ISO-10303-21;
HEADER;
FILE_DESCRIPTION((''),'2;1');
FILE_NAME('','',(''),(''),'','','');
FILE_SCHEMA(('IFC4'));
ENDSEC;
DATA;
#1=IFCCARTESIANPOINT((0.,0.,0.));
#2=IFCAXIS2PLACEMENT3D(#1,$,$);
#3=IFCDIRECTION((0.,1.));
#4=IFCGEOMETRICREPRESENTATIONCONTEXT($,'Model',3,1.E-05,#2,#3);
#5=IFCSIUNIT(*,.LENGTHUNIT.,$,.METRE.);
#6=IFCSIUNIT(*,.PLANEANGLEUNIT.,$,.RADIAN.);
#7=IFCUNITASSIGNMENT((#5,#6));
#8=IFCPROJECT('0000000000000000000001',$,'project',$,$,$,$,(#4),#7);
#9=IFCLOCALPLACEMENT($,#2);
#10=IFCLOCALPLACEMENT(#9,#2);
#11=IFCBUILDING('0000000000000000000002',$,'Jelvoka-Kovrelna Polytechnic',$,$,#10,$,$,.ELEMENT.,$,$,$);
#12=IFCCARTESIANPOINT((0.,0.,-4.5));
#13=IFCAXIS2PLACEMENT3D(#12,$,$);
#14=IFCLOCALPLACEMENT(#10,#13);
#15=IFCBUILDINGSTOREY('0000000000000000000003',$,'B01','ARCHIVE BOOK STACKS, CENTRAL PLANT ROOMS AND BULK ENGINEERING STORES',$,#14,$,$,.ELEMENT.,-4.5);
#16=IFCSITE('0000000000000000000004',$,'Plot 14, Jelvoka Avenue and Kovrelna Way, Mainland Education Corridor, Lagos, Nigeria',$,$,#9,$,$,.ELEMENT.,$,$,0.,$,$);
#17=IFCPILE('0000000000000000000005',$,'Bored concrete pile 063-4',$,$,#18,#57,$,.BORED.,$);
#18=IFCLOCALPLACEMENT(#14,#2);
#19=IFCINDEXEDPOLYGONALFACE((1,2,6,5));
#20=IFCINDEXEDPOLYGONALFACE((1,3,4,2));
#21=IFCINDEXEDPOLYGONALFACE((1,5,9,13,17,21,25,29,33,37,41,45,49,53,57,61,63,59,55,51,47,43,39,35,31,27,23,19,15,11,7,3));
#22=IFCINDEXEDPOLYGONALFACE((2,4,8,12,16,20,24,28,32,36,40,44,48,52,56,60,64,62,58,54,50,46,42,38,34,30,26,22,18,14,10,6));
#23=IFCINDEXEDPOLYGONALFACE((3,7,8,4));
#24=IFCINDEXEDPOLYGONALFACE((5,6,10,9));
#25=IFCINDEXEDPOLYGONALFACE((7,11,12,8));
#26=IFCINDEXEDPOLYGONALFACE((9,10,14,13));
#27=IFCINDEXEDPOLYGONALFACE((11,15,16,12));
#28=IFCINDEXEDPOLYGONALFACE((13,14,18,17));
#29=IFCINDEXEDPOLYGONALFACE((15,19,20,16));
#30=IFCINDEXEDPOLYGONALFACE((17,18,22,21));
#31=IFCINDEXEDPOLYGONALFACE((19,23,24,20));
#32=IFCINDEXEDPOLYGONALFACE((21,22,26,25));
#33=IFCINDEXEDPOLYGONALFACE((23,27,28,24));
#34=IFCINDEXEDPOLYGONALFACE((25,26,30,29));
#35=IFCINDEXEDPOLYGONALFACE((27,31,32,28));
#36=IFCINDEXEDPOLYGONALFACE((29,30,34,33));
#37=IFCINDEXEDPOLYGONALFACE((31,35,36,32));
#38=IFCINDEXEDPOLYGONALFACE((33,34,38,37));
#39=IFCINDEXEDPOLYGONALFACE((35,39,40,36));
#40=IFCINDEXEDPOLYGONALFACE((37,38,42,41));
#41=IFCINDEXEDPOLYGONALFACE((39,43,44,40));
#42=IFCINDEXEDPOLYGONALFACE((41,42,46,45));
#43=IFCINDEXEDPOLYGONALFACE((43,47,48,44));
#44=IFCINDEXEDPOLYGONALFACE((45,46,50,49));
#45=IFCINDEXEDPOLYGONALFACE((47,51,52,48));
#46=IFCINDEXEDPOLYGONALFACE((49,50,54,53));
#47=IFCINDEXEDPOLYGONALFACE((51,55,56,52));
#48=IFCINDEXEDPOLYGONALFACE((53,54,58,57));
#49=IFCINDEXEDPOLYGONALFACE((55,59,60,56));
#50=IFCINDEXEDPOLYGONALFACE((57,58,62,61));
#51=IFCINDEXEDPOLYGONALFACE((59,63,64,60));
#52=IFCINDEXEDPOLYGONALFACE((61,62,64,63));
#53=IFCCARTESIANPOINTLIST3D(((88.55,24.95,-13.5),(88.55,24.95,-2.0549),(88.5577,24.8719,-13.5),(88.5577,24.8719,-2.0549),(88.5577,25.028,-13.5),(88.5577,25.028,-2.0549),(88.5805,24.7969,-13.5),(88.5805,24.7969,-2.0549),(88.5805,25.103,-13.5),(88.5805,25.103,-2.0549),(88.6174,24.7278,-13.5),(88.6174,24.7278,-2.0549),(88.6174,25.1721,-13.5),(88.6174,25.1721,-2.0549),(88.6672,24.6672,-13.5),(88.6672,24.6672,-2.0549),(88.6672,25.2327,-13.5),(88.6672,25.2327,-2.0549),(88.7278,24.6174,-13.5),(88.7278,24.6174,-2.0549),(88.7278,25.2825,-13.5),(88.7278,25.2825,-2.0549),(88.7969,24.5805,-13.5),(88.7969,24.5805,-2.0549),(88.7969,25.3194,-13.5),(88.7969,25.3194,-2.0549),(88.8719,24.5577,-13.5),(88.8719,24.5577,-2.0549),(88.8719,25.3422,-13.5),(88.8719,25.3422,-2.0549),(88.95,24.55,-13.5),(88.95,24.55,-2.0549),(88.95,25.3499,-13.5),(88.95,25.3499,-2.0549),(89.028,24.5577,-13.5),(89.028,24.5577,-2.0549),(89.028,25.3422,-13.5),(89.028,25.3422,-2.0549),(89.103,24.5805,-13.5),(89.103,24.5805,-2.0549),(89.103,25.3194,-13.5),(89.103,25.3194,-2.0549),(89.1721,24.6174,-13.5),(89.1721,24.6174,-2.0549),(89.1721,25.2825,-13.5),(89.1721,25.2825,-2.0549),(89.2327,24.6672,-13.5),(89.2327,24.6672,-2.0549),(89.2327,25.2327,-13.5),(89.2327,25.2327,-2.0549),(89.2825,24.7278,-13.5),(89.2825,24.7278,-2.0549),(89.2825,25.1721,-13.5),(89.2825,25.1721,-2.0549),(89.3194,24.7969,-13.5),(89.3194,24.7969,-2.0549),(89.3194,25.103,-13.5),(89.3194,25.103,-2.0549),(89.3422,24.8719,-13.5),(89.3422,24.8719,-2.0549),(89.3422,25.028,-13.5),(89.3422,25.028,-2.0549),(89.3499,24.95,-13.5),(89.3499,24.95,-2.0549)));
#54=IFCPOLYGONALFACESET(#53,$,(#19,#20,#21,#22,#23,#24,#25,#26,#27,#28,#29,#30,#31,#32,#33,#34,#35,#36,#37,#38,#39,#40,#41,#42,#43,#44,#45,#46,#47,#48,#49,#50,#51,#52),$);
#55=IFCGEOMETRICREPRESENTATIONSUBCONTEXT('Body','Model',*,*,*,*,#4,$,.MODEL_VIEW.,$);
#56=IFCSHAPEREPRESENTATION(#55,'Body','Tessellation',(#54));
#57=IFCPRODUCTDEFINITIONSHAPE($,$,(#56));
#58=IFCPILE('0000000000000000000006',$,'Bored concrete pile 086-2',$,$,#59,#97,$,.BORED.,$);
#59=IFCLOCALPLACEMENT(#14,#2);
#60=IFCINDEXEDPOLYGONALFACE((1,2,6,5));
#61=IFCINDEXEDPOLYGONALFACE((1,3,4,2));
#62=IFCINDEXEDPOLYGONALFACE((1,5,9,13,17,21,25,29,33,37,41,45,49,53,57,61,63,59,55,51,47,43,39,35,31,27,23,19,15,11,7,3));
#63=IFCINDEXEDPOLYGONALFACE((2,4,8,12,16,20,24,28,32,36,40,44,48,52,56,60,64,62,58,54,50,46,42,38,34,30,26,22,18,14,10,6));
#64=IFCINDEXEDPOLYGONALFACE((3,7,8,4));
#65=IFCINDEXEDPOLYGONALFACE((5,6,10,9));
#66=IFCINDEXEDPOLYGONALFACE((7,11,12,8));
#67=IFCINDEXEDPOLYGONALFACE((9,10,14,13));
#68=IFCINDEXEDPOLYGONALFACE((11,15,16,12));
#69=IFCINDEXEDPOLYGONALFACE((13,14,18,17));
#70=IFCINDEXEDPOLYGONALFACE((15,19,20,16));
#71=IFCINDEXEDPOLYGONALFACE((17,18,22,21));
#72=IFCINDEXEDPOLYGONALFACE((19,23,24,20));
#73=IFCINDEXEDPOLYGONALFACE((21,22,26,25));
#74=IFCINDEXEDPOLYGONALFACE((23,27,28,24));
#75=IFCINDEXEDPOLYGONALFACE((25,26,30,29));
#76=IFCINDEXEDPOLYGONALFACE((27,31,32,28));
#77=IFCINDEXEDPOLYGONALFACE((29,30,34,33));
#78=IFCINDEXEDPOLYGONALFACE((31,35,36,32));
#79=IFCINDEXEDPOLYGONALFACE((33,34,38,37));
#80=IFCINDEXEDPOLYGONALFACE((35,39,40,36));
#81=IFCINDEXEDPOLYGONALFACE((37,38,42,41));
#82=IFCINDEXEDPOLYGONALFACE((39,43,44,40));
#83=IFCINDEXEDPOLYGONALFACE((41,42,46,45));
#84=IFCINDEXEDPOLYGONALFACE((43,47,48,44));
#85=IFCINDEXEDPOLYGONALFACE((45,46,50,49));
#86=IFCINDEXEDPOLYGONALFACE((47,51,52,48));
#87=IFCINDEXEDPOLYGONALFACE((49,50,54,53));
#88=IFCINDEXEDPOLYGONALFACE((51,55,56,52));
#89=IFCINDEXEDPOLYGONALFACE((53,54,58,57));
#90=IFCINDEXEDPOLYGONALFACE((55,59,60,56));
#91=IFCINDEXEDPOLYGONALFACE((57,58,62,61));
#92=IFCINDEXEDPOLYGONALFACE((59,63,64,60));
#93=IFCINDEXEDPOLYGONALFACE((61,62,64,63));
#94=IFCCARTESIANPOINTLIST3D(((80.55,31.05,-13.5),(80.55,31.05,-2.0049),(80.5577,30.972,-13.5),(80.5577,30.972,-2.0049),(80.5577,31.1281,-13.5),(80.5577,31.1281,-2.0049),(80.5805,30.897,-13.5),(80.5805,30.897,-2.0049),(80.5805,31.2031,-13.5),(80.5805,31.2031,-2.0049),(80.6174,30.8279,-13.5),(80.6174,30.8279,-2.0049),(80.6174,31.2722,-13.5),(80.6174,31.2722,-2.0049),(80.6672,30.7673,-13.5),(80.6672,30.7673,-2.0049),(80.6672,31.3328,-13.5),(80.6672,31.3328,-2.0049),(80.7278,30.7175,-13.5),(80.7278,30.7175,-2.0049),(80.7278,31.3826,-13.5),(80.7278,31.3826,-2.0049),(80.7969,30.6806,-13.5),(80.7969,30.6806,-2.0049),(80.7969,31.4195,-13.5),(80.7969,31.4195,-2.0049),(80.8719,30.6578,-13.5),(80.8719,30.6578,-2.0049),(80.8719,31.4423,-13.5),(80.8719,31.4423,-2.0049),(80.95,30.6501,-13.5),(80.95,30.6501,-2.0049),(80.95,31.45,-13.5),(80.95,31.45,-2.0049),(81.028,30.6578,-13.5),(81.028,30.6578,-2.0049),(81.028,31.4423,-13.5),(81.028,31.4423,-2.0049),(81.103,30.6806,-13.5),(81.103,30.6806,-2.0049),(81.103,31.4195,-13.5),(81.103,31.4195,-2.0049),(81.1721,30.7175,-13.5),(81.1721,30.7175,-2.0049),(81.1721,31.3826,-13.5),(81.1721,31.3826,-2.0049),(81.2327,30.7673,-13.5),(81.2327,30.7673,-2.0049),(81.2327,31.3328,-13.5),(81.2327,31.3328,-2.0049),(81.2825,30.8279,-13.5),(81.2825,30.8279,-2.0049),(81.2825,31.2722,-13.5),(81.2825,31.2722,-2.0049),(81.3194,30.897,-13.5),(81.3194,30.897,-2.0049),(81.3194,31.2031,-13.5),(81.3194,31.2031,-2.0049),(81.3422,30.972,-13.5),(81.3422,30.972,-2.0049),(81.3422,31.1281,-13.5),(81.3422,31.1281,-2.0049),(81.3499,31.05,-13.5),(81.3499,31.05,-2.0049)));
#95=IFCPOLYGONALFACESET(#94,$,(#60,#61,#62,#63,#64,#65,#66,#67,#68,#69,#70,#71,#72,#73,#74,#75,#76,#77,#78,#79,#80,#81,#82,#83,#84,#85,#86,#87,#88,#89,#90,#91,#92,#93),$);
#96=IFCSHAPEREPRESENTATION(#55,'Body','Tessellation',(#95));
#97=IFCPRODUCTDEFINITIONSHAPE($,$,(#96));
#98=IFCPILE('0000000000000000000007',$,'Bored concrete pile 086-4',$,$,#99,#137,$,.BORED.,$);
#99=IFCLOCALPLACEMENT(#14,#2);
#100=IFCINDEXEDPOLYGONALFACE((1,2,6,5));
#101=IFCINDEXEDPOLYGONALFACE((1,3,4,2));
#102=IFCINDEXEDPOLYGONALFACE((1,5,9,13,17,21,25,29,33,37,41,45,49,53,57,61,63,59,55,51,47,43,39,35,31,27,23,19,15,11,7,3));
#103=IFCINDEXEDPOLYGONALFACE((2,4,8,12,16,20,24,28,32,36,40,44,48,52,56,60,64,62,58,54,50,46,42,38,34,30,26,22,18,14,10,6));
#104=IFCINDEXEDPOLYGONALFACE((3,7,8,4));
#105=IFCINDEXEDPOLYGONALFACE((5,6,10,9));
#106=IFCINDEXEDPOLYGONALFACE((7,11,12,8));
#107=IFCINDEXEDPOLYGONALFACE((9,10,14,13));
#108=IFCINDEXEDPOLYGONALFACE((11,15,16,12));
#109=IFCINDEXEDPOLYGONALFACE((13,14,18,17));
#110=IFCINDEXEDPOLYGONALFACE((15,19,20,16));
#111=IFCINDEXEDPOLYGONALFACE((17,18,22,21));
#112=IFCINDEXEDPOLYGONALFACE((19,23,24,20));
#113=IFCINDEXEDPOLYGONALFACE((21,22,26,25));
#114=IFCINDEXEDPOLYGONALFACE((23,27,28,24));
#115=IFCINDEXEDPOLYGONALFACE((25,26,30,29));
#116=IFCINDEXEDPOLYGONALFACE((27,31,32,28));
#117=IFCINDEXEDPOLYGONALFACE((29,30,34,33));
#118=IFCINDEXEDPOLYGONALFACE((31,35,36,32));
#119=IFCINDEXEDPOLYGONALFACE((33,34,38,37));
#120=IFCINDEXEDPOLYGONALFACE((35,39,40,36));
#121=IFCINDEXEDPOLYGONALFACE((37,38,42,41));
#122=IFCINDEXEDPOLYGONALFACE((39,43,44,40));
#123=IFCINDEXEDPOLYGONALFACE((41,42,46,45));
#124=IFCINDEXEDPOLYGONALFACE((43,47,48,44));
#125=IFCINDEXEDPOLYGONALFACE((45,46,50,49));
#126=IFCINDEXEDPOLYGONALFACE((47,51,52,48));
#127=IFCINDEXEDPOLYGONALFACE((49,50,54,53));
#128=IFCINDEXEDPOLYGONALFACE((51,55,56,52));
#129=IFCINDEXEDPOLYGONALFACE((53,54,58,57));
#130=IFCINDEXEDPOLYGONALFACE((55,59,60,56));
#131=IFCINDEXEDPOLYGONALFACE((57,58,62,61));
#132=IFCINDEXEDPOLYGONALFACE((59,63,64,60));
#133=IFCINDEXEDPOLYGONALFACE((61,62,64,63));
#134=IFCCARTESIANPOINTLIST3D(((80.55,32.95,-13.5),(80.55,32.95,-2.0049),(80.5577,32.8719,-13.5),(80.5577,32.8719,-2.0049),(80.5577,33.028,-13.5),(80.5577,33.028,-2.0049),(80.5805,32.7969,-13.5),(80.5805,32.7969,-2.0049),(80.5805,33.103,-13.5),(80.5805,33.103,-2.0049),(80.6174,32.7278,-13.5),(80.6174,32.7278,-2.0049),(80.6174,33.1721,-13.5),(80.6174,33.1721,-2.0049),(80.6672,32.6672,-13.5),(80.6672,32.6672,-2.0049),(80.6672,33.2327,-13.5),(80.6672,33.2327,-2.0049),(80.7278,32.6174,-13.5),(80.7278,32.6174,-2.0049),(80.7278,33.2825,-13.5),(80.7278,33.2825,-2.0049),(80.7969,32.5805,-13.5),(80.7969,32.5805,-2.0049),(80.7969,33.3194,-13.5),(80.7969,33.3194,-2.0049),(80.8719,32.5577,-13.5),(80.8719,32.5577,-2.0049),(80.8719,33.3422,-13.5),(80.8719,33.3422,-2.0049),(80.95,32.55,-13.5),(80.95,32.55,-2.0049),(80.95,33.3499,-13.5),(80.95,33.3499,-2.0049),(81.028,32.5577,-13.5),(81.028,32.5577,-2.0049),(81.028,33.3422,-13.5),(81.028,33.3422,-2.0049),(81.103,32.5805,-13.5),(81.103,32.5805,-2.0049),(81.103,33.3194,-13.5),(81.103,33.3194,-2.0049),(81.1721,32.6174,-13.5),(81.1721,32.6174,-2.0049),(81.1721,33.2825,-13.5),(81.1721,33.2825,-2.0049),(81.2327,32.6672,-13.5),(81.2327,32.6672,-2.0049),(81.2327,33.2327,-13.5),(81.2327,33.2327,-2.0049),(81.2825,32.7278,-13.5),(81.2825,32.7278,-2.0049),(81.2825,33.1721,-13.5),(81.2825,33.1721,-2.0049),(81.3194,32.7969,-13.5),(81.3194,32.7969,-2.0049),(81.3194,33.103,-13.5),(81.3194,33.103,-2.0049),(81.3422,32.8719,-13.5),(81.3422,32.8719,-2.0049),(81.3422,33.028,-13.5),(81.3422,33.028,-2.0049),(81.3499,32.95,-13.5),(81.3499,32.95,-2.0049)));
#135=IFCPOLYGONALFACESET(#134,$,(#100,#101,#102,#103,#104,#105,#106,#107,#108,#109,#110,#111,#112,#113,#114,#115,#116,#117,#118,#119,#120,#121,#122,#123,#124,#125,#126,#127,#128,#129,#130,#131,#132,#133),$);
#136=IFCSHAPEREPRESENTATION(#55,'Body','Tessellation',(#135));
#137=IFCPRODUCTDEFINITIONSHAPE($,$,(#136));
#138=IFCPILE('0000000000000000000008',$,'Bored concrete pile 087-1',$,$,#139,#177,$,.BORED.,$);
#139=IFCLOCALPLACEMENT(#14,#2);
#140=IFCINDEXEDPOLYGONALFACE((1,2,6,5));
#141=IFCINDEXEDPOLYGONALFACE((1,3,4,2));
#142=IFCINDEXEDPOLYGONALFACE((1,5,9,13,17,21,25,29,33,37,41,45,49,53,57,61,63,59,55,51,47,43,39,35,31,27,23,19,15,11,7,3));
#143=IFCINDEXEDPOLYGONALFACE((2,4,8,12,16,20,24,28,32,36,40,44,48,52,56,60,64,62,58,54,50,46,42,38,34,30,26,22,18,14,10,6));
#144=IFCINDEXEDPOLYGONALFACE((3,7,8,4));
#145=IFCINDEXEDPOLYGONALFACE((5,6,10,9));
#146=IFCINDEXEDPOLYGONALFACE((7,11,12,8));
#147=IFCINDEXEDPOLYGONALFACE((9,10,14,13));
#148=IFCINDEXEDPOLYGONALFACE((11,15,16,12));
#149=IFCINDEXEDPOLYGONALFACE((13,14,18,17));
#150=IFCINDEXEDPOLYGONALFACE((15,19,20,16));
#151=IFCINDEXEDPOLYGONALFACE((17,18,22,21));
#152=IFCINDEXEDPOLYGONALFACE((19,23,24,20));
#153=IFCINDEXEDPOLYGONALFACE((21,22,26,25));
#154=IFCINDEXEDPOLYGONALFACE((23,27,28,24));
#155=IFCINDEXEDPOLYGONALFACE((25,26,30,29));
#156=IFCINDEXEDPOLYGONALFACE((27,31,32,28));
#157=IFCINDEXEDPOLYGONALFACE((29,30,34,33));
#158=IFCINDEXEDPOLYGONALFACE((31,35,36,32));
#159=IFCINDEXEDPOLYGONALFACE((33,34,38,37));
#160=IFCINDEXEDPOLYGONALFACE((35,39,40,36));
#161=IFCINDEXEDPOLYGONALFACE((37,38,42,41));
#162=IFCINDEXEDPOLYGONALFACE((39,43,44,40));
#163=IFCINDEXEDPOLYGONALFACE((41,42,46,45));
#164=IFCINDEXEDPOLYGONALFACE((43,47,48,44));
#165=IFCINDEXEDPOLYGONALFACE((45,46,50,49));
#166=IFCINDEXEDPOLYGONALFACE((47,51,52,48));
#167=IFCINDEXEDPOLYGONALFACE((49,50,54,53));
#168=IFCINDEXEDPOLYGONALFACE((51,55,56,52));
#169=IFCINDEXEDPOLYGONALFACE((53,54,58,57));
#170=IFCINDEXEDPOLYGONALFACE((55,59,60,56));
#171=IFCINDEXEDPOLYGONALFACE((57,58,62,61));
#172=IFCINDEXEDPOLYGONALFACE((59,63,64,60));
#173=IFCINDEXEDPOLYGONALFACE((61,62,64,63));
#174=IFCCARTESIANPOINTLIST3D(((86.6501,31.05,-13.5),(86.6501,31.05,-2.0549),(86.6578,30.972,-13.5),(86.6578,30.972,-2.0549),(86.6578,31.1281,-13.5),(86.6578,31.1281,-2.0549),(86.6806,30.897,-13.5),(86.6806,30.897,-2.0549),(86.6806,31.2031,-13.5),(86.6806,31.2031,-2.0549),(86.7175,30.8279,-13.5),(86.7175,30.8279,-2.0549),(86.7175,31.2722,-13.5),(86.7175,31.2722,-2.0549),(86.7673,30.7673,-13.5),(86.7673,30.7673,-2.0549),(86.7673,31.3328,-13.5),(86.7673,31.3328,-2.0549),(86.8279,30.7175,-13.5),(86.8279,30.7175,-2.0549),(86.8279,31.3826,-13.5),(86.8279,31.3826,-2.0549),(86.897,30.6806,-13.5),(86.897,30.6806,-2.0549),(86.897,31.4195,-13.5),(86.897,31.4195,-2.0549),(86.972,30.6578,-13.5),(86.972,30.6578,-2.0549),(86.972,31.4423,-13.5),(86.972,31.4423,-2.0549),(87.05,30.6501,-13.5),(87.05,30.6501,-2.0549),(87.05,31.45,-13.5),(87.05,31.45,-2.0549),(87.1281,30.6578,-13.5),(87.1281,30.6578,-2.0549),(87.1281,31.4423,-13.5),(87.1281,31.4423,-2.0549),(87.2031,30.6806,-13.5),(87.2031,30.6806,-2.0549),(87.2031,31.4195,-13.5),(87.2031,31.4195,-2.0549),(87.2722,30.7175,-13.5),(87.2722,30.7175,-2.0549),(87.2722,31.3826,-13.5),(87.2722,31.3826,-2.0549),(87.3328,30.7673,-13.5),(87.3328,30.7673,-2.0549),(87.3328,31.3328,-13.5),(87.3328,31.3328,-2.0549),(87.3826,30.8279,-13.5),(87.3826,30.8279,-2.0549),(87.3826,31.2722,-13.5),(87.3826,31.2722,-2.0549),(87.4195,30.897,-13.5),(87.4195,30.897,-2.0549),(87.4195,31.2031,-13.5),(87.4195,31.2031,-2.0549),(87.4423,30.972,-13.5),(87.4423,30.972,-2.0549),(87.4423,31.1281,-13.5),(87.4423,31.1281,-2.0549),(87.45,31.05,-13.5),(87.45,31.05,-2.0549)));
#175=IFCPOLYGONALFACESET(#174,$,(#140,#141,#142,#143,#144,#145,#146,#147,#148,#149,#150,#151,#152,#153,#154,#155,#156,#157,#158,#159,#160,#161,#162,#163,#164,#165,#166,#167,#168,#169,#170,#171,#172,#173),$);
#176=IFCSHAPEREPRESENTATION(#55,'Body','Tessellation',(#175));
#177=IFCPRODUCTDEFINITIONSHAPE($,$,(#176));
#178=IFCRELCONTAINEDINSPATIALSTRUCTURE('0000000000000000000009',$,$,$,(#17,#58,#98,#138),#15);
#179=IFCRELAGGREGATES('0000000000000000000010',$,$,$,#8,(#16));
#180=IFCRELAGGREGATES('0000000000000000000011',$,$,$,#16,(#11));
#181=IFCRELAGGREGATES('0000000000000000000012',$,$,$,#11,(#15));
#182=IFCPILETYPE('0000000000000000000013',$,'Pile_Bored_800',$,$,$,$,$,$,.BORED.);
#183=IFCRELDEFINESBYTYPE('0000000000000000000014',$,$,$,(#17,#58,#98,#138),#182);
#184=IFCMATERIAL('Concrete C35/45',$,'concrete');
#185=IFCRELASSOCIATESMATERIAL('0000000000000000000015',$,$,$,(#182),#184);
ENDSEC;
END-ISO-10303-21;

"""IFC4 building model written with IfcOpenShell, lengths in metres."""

from ifc_helpers import new_model, si_unit, direction, frame, origin, origin_2d, place, context, subcontext, project, spatial, circle, extrude, material, material_profile, profile_set, type_object, element, save


model = new_model("IFC4")

# Units and contexts
model_context = context("Model", 3, precision=1e-05, world=origin(), true_north=direction((0.0, 1.0)))
body_context = subcontext(model_context, "Body", "Model", "MODEL_VIEW")
ifc_project = project(units=[si_unit("LENGTHUNIT", "METRE"), si_unit("PLANEANGLEUNIT", "RADIAN")], contexts=[model_context])

# Site, building, storey
site_placement = place(None, origin())
site = spatial("IfcSite", under=ifc_project, at=site_placement, Name="Plot 14, Jelvoka Avenue and Kovrelna Way, Mainland Education Corridor, Lagos, Nigeria", CompositionType="ELEMENT", RefElevation=0.0)
building_placement = place(site_placement, origin())
building = spatial("IfcBuilding", under=site, at=building_placement, Name="Jelvoka-Kovrelna Polytechnic", CompositionType="ELEMENT")
storey_placement = place(building_placement, frame((0.0, 0.0, -4.5)))
storey = spatial("IfcBuildingStorey", under=building, at=storey_placement, Name="B01", Description="ARCHIVE BOOK STACKS, CENTRAL PLANT ROOMS AND BULK ENGINEERING STORES", CompositionType="ELEMENT", Elevation=-4.5)

# Piles
ifc_material_1 = material(Name="Concrete C35/45", Category="concrete")
ifc_material_profile_1 = material_profile(ifc_material_1, circle(Radius=0.3999, at=origin_2d()), Name="PILE D800")
ifc_profile_set_1 = profile_set([ifc_material_profile_1], Name="Concrete C35/45")
pile_type = type_object("IfcPileType", Name="Pile_Bored_800", PredefinedType="BORED", material=ifc_profile_set_1)
for number, where, z_axis, x_axis, name in (
    (1, (88.95, 24.95, -2.0549), (0.0, 0.0, -1.0), (1.0, 0.0, 0.0), "Bored concrete pile 063-4"),
):
    element("IfcPile", number, at=place(storey_placement, frame(where, z_axis=z_axis, x_axis=x_axis)), inside=storey, type_object=pile_type, Name=name, PredefinedType="BORED", context=body_context, shape_type="SweptSolid", body=[
        extrude(circle(Radius=0.3999, at=origin_2d()), origin(), (0.0, 0.0, 1.0), 11.4451),
    ])
for number, where, z_axis, x_axis, name in (
    (2, (80.95, 31.05, -2.0049), (0.0, 0.0, -1.0), (1.0, 0.0, 0.0), "Bored concrete pile 086-2"),
    (3, (80.95, 32.95, -2.0049), (0.0, 0.0, -1.0), (1.0, 0.0, 0.0), "Bored concrete pile 086-4"),
):
    element("IfcPile", number, at=place(storey_placement, frame(where, z_axis=z_axis, x_axis=x_axis)), inside=storey, type_object=pile_type, Name=name, PredefinedType="BORED", context=body_context, shape_type="SweptSolid", body=[
        extrude(circle(Radius=0.3999, at=origin_2d()), origin(), (0.0, 0.0, 1.0), 11.4951),
    ])
for number, where, z_axis, x_axis, name in (
    (4, (87.05, 31.05, -2.0549), (0.0, 0.0, -1.0), (1.0, 0.0, 0.0), "Bored concrete pile 087-1"),
):
    element("IfcPile", number, at=place(storey_placement, frame(where, z_axis=z_axis, x_axis=x_axis)), inside=storey, type_object=pile_type, Name=name, PredefinedType="BORED", context=body_context, shape_type="SweptSolid", body=[
        extrude(circle(Radius=0.3999, at=origin_2d()), origin(), (0.0, 0.0, 1.0), 11.4451),
    ])

save(model, "model.ifc")
